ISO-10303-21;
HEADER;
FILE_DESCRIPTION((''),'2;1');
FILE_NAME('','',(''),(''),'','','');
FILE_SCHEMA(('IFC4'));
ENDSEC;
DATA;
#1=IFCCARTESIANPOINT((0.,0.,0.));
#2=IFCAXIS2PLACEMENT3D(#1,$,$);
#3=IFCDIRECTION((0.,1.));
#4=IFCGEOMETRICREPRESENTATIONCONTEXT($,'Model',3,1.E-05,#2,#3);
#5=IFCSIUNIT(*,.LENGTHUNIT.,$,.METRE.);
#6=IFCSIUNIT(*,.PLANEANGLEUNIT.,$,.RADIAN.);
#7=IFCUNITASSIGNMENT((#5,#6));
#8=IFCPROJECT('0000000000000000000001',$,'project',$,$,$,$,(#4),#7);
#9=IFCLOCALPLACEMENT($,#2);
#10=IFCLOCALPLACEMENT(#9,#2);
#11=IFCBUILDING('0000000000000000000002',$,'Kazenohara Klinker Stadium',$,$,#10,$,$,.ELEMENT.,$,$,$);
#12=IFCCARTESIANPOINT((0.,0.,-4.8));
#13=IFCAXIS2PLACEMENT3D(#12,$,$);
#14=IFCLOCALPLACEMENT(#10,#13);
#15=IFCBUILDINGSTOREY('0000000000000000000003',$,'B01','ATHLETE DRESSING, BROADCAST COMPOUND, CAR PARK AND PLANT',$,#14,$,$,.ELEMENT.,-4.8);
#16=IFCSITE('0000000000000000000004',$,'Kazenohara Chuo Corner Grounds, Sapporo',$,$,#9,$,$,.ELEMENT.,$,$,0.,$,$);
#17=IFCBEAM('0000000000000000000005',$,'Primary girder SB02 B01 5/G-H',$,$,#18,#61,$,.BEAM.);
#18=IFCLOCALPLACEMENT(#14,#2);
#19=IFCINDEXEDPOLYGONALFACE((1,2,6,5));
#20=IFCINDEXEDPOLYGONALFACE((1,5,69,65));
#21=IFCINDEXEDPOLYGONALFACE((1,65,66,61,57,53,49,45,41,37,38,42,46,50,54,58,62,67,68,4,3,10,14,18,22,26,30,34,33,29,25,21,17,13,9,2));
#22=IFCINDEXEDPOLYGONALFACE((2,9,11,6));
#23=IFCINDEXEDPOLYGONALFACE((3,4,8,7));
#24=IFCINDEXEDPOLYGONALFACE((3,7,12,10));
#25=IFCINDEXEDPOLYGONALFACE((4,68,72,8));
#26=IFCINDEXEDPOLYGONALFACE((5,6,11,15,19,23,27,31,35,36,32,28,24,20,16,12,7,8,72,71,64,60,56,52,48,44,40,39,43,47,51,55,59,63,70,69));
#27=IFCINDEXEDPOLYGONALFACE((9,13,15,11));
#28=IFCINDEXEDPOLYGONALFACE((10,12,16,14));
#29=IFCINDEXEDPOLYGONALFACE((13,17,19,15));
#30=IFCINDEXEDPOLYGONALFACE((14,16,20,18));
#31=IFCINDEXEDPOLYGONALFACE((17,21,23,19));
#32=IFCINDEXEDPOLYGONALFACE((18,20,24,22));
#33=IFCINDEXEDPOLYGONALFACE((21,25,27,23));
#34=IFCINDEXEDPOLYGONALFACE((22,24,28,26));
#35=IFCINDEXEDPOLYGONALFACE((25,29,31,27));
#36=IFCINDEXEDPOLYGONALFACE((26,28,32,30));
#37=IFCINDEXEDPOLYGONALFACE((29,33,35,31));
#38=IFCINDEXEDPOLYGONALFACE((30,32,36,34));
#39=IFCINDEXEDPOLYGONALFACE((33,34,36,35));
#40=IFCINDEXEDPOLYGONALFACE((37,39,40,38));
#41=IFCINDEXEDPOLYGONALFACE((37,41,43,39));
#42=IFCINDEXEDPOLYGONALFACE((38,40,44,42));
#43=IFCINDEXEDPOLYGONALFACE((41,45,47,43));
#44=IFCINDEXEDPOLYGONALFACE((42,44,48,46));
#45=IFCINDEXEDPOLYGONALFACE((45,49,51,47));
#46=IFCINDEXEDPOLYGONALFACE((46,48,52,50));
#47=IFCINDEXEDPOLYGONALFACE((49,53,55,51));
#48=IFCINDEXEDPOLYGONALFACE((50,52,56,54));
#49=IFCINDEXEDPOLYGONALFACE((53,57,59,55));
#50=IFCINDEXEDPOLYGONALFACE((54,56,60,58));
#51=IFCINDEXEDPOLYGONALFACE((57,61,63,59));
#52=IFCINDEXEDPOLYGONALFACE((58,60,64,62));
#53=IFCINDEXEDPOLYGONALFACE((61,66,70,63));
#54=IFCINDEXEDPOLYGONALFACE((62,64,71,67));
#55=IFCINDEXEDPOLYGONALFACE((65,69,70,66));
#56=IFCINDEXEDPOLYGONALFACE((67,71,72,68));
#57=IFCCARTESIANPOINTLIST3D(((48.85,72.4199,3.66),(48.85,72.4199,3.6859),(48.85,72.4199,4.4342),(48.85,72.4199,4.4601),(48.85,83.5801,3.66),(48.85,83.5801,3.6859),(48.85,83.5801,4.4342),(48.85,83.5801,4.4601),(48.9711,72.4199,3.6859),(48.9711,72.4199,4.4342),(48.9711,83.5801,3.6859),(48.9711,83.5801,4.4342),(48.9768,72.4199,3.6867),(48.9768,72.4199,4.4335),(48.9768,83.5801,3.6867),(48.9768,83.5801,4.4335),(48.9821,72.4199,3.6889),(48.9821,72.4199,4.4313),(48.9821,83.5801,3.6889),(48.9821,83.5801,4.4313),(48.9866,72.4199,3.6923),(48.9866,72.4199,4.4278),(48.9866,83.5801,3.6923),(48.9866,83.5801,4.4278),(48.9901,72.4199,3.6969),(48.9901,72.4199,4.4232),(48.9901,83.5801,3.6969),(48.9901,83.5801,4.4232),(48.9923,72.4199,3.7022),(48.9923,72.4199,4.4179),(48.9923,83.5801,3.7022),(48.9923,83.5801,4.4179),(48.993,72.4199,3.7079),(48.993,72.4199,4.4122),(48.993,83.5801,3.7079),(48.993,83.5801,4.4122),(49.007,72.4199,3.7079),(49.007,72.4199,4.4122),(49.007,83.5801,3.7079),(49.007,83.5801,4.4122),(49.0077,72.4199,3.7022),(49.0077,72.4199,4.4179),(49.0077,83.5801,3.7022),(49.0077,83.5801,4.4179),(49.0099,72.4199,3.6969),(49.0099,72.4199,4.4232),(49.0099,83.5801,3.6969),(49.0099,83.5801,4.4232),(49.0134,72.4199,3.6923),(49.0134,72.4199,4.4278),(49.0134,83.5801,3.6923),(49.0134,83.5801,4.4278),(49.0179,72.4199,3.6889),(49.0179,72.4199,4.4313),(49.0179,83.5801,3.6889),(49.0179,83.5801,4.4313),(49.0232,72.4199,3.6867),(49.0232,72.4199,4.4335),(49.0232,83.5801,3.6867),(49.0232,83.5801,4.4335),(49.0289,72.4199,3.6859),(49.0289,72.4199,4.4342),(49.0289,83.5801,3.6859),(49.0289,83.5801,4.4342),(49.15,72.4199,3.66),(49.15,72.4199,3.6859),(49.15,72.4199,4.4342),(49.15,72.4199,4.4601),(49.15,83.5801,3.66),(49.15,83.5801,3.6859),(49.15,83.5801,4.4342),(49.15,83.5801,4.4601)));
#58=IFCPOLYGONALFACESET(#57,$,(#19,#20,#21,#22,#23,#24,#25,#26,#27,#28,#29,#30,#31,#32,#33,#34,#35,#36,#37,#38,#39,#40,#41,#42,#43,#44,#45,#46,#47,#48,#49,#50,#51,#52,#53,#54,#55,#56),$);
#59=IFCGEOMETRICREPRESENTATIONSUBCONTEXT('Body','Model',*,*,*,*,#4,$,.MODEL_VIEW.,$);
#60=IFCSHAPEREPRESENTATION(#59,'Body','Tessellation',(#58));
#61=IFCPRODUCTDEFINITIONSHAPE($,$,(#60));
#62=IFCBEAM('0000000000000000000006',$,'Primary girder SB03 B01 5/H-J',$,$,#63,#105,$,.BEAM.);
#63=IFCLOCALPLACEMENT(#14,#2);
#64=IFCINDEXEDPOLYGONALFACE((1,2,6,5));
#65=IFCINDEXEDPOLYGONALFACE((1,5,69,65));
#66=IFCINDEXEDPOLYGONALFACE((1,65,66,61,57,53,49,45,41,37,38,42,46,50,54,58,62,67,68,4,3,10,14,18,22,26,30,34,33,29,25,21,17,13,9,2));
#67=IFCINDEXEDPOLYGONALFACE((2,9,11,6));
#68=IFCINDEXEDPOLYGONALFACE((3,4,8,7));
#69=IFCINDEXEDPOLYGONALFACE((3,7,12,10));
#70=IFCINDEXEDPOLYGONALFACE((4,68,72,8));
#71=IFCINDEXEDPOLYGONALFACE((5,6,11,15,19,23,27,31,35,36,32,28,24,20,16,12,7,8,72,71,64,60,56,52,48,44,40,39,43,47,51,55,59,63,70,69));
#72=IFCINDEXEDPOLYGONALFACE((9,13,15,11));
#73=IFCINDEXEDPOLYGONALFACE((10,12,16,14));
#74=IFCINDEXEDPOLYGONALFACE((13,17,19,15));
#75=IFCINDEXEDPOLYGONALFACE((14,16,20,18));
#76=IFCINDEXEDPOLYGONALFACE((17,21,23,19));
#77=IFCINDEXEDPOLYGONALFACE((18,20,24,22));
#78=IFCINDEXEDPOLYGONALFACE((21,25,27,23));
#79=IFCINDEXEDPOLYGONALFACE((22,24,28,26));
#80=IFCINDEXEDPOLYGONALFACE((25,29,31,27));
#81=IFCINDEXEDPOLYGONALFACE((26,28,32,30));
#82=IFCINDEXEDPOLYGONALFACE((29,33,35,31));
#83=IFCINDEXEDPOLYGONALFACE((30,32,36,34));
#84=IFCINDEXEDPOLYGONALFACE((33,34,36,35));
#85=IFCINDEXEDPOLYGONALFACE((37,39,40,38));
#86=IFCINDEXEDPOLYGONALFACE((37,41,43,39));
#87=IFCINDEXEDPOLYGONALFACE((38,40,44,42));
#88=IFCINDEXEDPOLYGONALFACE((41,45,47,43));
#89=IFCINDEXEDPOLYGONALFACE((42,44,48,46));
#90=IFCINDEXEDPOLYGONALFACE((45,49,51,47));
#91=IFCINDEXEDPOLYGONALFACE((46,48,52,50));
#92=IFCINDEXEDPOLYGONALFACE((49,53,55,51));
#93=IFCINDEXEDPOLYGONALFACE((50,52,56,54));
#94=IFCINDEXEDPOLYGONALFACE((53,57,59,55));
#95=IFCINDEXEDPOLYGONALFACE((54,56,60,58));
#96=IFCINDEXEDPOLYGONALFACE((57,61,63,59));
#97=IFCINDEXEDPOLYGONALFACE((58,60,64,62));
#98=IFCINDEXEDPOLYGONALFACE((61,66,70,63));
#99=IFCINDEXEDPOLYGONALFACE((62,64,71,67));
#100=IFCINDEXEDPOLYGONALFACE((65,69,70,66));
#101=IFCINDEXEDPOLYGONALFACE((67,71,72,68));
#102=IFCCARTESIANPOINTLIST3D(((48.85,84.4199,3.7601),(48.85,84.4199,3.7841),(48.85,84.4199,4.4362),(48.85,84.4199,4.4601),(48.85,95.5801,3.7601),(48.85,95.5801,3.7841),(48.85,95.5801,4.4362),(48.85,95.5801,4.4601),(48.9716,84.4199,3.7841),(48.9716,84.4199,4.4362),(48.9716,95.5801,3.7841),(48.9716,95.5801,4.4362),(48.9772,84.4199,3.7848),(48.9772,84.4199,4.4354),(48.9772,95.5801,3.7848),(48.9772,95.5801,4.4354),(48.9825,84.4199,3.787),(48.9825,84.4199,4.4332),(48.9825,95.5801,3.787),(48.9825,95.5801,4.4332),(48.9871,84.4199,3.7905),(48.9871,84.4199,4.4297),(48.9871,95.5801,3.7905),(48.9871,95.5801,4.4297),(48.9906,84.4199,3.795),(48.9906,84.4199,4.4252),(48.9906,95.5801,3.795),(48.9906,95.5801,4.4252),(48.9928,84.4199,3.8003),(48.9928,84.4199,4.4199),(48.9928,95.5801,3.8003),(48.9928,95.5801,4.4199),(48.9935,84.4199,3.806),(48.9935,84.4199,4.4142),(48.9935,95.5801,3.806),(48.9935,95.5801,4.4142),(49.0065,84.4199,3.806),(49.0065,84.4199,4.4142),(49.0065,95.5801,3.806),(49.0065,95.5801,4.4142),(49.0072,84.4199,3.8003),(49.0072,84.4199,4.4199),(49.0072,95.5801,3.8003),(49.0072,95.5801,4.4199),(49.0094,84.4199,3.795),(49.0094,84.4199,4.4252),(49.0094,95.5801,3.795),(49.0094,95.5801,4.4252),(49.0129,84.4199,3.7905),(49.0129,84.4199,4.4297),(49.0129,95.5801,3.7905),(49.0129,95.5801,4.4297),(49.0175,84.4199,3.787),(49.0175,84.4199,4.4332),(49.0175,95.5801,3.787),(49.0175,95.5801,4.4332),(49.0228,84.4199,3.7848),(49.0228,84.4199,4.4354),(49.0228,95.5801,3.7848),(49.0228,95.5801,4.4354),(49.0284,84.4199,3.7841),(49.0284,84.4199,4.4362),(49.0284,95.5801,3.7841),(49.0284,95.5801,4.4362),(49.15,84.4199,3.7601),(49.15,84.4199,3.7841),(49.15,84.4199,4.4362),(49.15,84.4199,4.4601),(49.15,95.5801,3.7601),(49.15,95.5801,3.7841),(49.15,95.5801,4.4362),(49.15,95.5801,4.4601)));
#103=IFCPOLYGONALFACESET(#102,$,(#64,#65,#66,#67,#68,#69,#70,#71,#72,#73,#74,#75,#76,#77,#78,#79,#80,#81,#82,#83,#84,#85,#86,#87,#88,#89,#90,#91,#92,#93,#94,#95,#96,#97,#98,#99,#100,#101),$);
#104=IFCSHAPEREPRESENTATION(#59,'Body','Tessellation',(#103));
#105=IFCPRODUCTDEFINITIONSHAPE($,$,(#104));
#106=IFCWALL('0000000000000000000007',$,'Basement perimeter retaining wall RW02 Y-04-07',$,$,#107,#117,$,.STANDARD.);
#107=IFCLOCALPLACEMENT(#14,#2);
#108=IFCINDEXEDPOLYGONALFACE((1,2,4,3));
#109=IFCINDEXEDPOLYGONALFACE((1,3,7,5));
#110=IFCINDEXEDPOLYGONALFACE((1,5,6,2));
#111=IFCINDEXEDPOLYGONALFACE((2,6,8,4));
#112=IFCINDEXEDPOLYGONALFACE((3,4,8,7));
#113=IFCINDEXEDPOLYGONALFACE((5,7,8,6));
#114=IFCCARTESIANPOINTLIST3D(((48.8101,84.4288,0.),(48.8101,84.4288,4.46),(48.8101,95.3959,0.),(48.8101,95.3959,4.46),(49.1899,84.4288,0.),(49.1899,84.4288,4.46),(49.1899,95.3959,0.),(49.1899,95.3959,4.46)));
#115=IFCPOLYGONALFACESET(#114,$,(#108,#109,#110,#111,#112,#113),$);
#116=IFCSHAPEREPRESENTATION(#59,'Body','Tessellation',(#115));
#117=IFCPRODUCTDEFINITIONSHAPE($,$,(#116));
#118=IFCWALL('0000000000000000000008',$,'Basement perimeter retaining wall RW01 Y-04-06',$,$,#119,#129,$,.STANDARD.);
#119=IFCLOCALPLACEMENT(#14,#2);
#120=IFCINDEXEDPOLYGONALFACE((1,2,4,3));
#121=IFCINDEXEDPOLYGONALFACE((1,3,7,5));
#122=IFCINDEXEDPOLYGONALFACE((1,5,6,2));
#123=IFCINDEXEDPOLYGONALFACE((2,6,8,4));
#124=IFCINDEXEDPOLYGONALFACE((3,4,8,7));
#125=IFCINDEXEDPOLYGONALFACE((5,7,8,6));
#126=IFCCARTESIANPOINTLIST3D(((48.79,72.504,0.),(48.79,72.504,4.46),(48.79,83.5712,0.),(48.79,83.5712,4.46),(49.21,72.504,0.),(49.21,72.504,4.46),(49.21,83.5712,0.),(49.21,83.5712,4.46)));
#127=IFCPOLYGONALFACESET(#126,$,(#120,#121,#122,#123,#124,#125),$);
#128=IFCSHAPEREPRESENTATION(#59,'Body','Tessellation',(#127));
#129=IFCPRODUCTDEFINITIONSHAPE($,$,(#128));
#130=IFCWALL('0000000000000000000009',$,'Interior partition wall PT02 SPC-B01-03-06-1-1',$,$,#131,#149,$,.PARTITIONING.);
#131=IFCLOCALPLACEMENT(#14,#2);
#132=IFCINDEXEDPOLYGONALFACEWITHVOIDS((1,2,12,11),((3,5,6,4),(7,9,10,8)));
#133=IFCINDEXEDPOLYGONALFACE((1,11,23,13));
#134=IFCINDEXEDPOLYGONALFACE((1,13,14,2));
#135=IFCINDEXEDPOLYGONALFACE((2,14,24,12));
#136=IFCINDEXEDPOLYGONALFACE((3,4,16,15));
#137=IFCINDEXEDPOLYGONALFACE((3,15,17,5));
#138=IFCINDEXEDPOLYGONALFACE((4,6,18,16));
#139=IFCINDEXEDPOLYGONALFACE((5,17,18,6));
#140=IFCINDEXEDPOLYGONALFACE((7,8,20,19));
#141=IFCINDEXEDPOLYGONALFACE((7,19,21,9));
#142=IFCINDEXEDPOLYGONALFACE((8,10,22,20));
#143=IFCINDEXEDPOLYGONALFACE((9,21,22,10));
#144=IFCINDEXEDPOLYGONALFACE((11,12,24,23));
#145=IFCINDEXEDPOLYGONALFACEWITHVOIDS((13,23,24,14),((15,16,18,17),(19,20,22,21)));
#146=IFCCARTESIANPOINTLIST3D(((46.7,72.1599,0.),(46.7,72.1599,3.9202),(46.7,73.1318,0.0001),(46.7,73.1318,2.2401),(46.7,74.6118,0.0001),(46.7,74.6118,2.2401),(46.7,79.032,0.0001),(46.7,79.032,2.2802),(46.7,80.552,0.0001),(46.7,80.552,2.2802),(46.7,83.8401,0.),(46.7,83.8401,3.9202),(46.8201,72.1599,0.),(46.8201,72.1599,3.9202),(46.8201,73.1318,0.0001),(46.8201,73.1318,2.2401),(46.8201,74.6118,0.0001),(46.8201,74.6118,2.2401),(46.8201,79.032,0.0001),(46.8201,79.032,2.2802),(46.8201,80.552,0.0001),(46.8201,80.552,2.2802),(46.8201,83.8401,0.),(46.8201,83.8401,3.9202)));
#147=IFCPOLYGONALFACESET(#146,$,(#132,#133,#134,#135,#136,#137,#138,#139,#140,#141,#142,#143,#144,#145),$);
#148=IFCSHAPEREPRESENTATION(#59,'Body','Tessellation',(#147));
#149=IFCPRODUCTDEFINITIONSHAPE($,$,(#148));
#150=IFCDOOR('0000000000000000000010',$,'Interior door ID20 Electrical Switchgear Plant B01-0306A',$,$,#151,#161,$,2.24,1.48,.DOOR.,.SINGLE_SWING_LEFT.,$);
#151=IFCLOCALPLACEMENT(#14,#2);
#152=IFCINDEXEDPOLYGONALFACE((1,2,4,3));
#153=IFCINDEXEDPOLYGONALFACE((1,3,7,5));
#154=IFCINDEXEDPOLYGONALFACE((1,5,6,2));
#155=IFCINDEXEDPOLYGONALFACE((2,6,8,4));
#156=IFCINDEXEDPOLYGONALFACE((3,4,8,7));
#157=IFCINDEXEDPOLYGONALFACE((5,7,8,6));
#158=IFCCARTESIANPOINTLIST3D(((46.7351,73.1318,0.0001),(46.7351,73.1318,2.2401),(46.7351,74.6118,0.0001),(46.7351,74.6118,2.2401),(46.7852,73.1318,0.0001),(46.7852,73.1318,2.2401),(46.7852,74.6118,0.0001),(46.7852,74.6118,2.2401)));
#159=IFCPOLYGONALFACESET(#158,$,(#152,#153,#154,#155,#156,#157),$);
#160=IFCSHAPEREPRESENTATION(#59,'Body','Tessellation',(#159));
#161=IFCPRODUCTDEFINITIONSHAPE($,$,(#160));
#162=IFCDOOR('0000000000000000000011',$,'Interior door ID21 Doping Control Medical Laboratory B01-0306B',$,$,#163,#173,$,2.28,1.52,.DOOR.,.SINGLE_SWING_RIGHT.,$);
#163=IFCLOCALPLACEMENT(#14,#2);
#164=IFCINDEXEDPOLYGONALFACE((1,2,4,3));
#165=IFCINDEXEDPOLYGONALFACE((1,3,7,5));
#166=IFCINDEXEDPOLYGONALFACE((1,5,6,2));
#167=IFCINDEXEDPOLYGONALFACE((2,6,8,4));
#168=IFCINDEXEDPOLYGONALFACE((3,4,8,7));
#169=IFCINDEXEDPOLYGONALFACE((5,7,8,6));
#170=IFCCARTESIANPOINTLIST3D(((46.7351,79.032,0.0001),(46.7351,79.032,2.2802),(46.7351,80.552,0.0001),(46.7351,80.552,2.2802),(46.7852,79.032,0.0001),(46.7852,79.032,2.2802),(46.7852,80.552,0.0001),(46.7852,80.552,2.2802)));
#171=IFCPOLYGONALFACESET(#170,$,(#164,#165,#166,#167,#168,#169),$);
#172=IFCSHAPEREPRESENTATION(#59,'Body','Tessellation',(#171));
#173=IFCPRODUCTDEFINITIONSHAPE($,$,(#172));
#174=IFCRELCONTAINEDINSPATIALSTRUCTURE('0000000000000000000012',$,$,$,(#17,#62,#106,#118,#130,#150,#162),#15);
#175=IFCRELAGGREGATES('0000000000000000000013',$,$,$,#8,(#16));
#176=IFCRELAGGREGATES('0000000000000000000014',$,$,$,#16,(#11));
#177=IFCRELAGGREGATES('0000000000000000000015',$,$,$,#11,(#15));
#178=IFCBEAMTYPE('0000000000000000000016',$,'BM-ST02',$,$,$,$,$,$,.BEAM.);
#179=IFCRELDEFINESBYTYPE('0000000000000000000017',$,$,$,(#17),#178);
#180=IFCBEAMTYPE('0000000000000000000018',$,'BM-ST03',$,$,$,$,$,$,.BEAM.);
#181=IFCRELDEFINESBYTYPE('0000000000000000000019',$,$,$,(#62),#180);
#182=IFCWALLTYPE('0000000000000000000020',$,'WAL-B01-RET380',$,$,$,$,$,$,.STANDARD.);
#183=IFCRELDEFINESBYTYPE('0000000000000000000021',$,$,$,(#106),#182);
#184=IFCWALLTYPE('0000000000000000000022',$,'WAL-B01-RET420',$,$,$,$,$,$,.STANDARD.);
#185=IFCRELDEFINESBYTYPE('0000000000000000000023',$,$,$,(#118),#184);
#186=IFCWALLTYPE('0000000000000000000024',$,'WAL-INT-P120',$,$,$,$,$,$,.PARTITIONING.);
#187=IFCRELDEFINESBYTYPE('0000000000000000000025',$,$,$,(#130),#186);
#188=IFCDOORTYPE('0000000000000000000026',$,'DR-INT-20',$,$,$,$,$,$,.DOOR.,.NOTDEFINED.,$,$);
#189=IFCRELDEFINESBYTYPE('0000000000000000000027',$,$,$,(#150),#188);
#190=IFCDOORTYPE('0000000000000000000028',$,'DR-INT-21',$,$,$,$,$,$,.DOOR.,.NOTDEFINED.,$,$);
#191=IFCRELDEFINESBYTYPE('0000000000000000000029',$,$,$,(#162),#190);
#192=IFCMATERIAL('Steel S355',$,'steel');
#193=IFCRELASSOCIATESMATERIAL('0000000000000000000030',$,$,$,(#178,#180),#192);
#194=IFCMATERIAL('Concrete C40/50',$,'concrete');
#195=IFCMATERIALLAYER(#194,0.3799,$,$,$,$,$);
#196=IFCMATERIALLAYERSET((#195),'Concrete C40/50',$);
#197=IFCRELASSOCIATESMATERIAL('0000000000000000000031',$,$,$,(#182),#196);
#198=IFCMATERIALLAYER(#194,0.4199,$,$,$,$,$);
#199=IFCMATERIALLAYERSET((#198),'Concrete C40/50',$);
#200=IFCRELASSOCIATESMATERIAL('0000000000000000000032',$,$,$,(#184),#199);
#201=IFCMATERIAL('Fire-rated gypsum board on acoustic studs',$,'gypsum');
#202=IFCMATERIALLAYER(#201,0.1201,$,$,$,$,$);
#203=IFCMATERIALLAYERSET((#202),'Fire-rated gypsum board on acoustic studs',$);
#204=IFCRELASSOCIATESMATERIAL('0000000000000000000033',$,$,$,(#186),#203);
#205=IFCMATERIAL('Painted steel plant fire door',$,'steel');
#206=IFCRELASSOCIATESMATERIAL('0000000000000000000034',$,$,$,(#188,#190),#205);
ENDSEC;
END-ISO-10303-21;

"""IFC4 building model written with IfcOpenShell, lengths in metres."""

from ifc_helpers import new_model, si_unit, direction, frame, frame_2d, origin, origin_2d, place, context, subcontext, project, spatial, rectangle, i_section, extrude, material, layer, layer_set, material_profile, profile_set, type_object, element, fill, save


model = new_model("IFC4")

# Units and contexts
model_context = context("Model", 3, precision=1e-05, world=origin(), true_north=direction((0.0, 1.0)))
body_context = subcontext(model_context, "Body", "Model", "MODEL_VIEW")
ifc_project = project(units=[si_unit("LENGTHUNIT", "METRE"), si_unit("PLANEANGLEUNIT", "RADIAN")], contexts=[model_context])

# Site, building, storey
site_placement = place(None, origin())
site = spatial("IfcSite", under=ifc_project, at=site_placement, Name="Kazenohara Chuo Corner Grounds, Sapporo", CompositionType="ELEMENT", RefElevation=0.0)
building_placement = place(site_placement, origin())
building = spatial("IfcBuilding", under=site, at=building_placement, Name="Kazenohara Klinker Stadium", CompositionType="ELEMENT")
storey_placement = place(building_placement, frame((0.0, 0.0, -4.8)))
storey = spatial("IfcBuildingStorey", under=building, at=storey_placement, Name="B01", Description="ATHLETE DRESSING, BROADCAST COMPOUND, CAR PARK AND PLANT", CompositionType="ELEMENT", Elevation=-4.8)

# Shared definitions
ifc_material_1 = material(Name="Concrete C40/50", Category="concrete")

# Beams
ifc_material_2 = material(Name="Steel S355", Category="steel")
ifc_material_profile_1 = material_profile(ifc_material_2, i_section(OverallWidth=0.3, OverallDepth=0.8, WebThickness=0.0139, FlangeThickness=0.0259, FilletRadius=0.022, at=origin_2d()), Name="H-800x300x14x26")
ifc_profile_set_1 = profile_set([ifc_material_profile_1], Name="Steel S355")
beam_type_1 = type_object("IfcBeamType", Name="BM-ST02", PredefinedType="BEAM", material=ifc_profile_set_1)
beam_1_placement = place(storey_placement, frame((49.0, 72.4199, 4.0601), z_axis=(0.0, 1.0, 0.0), x_axis=(-1.0, 0.0, 0.0)))
element("IfcBeam", 1, at=beam_1_placement, inside=storey, type_object=beam_type_1, Name="Primary girder SB02 B01 5/G-H", PredefinedType="BEAM", context=body_context, shape_type="SweptSolid", body=[
    extrude(i_section(OverallWidth=0.3, OverallDepth=0.8, WebThickness=0.0139, FlangeThickness=0.0259, FilletRadius=0.022, at=origin_2d()), origin(), (0.0, 0.0, 1.0), 11.1602),
])
ifc_material_profile_2 = material_profile(ifc_material_2, i_section(OverallWidth=0.3, OverallDepth=0.7, WebThickness=0.0129, FlangeThickness=0.0239, FilletRadius=0.022, at=origin_2d()), Name="H-700x300x13x24")
ifc_profile_set_2 = profile_set([ifc_material_profile_2], Name="Steel S355")
beam_type_2 = type_object("IfcBeamType", Name="BM-ST03", PredefinedType="BEAM", material=ifc_profile_set_2)
beam_2_placement = place(storey_placement, frame((49.0, 84.4199, 4.1101), z_axis=(0.0, 1.0, 0.0), x_axis=(-1.0, 0.0, 0.0)))
element("IfcBeam", 2, at=beam_2_placement, inside=storey, type_object=beam_type_2, Name="Primary girder SB03 B01 5/H-J", PredefinedType="BEAM", context=body_context, shape_type="SweptSolid", body=[
    extrude(i_section(OverallWidth=0.3, OverallDepth=0.7, WebThickness=0.0129, FlangeThickness=0.0239, FilletRadius=0.022, at=origin_2d()), origin(), (0.0, 0.0, 1.0), 11.1602),
])

# Walls
ifc_layer_1 = layer(ifc_material_1, 0.3799)
ifc_layer_set_1 = layer_set([ifc_layer_1], Name="Concrete C40/50")
wall_type_1 = type_object("IfcWallType", Name="WAL-B01-RET380", PredefinedType="STANDARD", material=ifc_layer_set_1)
wall_1_placement = place(storey_placement, frame((49.0, 84.429, 0.0), z_axis=(0.0, 0.0, 1.0), x_axis=(0.0, 1.0, 0.0)))
element("IfcWall", 3, at=wall_1_placement, inside=storey, type_object=wall_type_1, Name="Basement perimeter retaining wall RW02 Y-04-07", PredefinedType="STANDARD", context=body_context, shape_type="SweptSolid", body=[
    extrude(rectangle(XDim=10.967, YDim=0.3799, at=frame_2d((5.4834, 0.0))), origin(), (0.0, 0.0, 1.0), 4.46),
])
ifc_layer_2 = layer(ifc_material_1, 0.4199)
ifc_layer_set_2 = layer_set([ifc_layer_2], Name="Concrete C40/50")
wall_type_2 = type_object("IfcWallType", Name="WAL-B01-RET420", PredefinedType="STANDARD", material=ifc_layer_set_2)
wall_2_placement = place(storey_placement, frame((49.0, 72.5039, 0.0), z_axis=(0.0, 0.0, 1.0), x_axis=(0.0, 1.0, 0.0)))
element("IfcWall", 4, at=wall_2_placement, inside=storey, type_object=wall_type_2, Name="Basement perimeter retaining wall RW01 Y-04-06", PredefinedType="STANDARD", context=body_context, shape_type="SweptSolid", body=[
    extrude(rectangle(XDim=11.0671, YDim=0.4199, at=frame_2d((5.5337, 0.0))), origin(), (0.0, 0.0, 1.0), 4.46),
])

# Wall, openings, doors
ifc_material_3 = material(Name="Fire-rated gypsum board on acoustic studs", Category="gypsum")
ifc_layer_3 = layer(ifc_material_3, 0.1201)
ifc_layer_set_3 = layer_set([ifc_layer_3], Name="Fire-rated gypsum board on acoustic studs")
wall_type_3 = type_object("IfcWallType", Name="WAL-INT-P120", PredefinedType="PARTITIONING", material=ifc_layer_set_3)
wall_3_placement = place(storey_placement, frame((46.76, 72.1599, 0.0), z_axis=(0.0, 0.0, 1.0), x_axis=(0.0, 1.0, 0.0)))
wall_3 = element("IfcWall", 5, at=wall_3_placement, inside=storey, type_object=wall_type_3, Name="Interior partition wall PT02 SPC-B01-03-06-1-1", PredefinedType="PARTITIONING", context=body_context, shape_type="SweptSolid", body=[
    extrude(rectangle(XDim=11.6802, YDim=0.1201, at=frame_2d((5.8401, 0.0))), origin(), (0.0, 0.0, 1.0), 3.9202),
])
opening_1_placement = place(wall_3_placement, frame((0.9719, 0.0, 0.0)))
opening_1 = element("IfcOpeningElement", 6, at=opening_1_placement, cuts=wall_3, PredefinedType="OPENING", context=body_context, shape_type="SweptSolid", body=[
    extrude(rectangle(XDim=1.48, YDim=2.24, at=frame_2d((0.74, 1.1201))), frame((0.0, 0.0701, 0.0), z_axis=(0.0, -1.0, 0.0), x_axis=(1.0, 0.0, 0.0)), (0.0, 0.0, 1.0), 0.1401),
])
opening_2_placement = place(wall_3_placement, frame((6.8721, 0.0, 0.0)))
opening_2 = element("IfcOpeningElement", 7, at=opening_2_placement, cuts=wall_3, PredefinedType="OPENING", context=body_context, shape_type="SweptSolid", body=[
    extrude(rectangle(XDim=1.52, YDim=2.28, at=frame_2d((0.76, 1.1401))), frame((0.0, 0.0701, 0.0), z_axis=(0.0, -1.0, 0.0), x_axis=(1.0, 0.0, 0.0)), (0.0, 0.0, 1.0), 0.1401),
])
ifc_material_4 = material(Name="Painted steel plant fire door", Category="steel")
door_type_1 = type_object("IfcDoorType", Name="DR-INT-20", OperationType="NOTDEFINED", PredefinedType="DOOR", material=ifc_material_4)
door_1_placement = place(opening_1_placement, origin())
door_1 = element("IfcDoor", 8, at=door_1_placement, inside=storey, type_object=door_type_1, Name="Interior door ID20 Electrical Switchgear Plant B01-0306A", OperationType="SINGLE_SWING_LEFT", OverallHeight=2.24, OverallWidth=1.48, PredefinedType="DOOR", context=body_context, shape_type="SweptSolid", body=[
    extrude(rectangle(XDim=1.48, YDim=2.24, at=frame_2d((0.74, 1.1201))), frame((0.0, 0.0249, 0.0), z_axis=(0.0, -1.0, 0.0), x_axis=(1.0, 0.0, 0.0)), (0.0, 0.0, 1.0), 0.05),
])
fill(opening_1, door_1)
door_type_2 = type_object("IfcDoorType", Name="DR-INT-21", OperationType="NOTDEFINED", PredefinedType="DOOR", material=ifc_material_4)
door_2_placement = place(opening_2_placement, origin())
door_2 = element("IfcDoor", 9, at=door_2_placement, inside=storey, type_object=door_type_2, Name="Interior door ID21 Doping Control Medical Laboratory B01-0306B", OperationType="SINGLE_SWING_RIGHT", OverallHeight=2.28, OverallWidth=1.52, PredefinedType="DOOR", context=body_context, shape_type="SweptSolid", body=[
    extrude(rectangle(XDim=1.52, YDim=2.28, at=frame_2d((0.76, 1.1401))), frame((0.0, 0.0249, 0.0), z_axis=(0.0, -1.0, 0.0), x_axis=(1.0, 0.0, 0.0)), (0.0, 0.0, 1.0), 0.05),
])
fill(opening_2, door_2)

save(model, "model.ifc")
